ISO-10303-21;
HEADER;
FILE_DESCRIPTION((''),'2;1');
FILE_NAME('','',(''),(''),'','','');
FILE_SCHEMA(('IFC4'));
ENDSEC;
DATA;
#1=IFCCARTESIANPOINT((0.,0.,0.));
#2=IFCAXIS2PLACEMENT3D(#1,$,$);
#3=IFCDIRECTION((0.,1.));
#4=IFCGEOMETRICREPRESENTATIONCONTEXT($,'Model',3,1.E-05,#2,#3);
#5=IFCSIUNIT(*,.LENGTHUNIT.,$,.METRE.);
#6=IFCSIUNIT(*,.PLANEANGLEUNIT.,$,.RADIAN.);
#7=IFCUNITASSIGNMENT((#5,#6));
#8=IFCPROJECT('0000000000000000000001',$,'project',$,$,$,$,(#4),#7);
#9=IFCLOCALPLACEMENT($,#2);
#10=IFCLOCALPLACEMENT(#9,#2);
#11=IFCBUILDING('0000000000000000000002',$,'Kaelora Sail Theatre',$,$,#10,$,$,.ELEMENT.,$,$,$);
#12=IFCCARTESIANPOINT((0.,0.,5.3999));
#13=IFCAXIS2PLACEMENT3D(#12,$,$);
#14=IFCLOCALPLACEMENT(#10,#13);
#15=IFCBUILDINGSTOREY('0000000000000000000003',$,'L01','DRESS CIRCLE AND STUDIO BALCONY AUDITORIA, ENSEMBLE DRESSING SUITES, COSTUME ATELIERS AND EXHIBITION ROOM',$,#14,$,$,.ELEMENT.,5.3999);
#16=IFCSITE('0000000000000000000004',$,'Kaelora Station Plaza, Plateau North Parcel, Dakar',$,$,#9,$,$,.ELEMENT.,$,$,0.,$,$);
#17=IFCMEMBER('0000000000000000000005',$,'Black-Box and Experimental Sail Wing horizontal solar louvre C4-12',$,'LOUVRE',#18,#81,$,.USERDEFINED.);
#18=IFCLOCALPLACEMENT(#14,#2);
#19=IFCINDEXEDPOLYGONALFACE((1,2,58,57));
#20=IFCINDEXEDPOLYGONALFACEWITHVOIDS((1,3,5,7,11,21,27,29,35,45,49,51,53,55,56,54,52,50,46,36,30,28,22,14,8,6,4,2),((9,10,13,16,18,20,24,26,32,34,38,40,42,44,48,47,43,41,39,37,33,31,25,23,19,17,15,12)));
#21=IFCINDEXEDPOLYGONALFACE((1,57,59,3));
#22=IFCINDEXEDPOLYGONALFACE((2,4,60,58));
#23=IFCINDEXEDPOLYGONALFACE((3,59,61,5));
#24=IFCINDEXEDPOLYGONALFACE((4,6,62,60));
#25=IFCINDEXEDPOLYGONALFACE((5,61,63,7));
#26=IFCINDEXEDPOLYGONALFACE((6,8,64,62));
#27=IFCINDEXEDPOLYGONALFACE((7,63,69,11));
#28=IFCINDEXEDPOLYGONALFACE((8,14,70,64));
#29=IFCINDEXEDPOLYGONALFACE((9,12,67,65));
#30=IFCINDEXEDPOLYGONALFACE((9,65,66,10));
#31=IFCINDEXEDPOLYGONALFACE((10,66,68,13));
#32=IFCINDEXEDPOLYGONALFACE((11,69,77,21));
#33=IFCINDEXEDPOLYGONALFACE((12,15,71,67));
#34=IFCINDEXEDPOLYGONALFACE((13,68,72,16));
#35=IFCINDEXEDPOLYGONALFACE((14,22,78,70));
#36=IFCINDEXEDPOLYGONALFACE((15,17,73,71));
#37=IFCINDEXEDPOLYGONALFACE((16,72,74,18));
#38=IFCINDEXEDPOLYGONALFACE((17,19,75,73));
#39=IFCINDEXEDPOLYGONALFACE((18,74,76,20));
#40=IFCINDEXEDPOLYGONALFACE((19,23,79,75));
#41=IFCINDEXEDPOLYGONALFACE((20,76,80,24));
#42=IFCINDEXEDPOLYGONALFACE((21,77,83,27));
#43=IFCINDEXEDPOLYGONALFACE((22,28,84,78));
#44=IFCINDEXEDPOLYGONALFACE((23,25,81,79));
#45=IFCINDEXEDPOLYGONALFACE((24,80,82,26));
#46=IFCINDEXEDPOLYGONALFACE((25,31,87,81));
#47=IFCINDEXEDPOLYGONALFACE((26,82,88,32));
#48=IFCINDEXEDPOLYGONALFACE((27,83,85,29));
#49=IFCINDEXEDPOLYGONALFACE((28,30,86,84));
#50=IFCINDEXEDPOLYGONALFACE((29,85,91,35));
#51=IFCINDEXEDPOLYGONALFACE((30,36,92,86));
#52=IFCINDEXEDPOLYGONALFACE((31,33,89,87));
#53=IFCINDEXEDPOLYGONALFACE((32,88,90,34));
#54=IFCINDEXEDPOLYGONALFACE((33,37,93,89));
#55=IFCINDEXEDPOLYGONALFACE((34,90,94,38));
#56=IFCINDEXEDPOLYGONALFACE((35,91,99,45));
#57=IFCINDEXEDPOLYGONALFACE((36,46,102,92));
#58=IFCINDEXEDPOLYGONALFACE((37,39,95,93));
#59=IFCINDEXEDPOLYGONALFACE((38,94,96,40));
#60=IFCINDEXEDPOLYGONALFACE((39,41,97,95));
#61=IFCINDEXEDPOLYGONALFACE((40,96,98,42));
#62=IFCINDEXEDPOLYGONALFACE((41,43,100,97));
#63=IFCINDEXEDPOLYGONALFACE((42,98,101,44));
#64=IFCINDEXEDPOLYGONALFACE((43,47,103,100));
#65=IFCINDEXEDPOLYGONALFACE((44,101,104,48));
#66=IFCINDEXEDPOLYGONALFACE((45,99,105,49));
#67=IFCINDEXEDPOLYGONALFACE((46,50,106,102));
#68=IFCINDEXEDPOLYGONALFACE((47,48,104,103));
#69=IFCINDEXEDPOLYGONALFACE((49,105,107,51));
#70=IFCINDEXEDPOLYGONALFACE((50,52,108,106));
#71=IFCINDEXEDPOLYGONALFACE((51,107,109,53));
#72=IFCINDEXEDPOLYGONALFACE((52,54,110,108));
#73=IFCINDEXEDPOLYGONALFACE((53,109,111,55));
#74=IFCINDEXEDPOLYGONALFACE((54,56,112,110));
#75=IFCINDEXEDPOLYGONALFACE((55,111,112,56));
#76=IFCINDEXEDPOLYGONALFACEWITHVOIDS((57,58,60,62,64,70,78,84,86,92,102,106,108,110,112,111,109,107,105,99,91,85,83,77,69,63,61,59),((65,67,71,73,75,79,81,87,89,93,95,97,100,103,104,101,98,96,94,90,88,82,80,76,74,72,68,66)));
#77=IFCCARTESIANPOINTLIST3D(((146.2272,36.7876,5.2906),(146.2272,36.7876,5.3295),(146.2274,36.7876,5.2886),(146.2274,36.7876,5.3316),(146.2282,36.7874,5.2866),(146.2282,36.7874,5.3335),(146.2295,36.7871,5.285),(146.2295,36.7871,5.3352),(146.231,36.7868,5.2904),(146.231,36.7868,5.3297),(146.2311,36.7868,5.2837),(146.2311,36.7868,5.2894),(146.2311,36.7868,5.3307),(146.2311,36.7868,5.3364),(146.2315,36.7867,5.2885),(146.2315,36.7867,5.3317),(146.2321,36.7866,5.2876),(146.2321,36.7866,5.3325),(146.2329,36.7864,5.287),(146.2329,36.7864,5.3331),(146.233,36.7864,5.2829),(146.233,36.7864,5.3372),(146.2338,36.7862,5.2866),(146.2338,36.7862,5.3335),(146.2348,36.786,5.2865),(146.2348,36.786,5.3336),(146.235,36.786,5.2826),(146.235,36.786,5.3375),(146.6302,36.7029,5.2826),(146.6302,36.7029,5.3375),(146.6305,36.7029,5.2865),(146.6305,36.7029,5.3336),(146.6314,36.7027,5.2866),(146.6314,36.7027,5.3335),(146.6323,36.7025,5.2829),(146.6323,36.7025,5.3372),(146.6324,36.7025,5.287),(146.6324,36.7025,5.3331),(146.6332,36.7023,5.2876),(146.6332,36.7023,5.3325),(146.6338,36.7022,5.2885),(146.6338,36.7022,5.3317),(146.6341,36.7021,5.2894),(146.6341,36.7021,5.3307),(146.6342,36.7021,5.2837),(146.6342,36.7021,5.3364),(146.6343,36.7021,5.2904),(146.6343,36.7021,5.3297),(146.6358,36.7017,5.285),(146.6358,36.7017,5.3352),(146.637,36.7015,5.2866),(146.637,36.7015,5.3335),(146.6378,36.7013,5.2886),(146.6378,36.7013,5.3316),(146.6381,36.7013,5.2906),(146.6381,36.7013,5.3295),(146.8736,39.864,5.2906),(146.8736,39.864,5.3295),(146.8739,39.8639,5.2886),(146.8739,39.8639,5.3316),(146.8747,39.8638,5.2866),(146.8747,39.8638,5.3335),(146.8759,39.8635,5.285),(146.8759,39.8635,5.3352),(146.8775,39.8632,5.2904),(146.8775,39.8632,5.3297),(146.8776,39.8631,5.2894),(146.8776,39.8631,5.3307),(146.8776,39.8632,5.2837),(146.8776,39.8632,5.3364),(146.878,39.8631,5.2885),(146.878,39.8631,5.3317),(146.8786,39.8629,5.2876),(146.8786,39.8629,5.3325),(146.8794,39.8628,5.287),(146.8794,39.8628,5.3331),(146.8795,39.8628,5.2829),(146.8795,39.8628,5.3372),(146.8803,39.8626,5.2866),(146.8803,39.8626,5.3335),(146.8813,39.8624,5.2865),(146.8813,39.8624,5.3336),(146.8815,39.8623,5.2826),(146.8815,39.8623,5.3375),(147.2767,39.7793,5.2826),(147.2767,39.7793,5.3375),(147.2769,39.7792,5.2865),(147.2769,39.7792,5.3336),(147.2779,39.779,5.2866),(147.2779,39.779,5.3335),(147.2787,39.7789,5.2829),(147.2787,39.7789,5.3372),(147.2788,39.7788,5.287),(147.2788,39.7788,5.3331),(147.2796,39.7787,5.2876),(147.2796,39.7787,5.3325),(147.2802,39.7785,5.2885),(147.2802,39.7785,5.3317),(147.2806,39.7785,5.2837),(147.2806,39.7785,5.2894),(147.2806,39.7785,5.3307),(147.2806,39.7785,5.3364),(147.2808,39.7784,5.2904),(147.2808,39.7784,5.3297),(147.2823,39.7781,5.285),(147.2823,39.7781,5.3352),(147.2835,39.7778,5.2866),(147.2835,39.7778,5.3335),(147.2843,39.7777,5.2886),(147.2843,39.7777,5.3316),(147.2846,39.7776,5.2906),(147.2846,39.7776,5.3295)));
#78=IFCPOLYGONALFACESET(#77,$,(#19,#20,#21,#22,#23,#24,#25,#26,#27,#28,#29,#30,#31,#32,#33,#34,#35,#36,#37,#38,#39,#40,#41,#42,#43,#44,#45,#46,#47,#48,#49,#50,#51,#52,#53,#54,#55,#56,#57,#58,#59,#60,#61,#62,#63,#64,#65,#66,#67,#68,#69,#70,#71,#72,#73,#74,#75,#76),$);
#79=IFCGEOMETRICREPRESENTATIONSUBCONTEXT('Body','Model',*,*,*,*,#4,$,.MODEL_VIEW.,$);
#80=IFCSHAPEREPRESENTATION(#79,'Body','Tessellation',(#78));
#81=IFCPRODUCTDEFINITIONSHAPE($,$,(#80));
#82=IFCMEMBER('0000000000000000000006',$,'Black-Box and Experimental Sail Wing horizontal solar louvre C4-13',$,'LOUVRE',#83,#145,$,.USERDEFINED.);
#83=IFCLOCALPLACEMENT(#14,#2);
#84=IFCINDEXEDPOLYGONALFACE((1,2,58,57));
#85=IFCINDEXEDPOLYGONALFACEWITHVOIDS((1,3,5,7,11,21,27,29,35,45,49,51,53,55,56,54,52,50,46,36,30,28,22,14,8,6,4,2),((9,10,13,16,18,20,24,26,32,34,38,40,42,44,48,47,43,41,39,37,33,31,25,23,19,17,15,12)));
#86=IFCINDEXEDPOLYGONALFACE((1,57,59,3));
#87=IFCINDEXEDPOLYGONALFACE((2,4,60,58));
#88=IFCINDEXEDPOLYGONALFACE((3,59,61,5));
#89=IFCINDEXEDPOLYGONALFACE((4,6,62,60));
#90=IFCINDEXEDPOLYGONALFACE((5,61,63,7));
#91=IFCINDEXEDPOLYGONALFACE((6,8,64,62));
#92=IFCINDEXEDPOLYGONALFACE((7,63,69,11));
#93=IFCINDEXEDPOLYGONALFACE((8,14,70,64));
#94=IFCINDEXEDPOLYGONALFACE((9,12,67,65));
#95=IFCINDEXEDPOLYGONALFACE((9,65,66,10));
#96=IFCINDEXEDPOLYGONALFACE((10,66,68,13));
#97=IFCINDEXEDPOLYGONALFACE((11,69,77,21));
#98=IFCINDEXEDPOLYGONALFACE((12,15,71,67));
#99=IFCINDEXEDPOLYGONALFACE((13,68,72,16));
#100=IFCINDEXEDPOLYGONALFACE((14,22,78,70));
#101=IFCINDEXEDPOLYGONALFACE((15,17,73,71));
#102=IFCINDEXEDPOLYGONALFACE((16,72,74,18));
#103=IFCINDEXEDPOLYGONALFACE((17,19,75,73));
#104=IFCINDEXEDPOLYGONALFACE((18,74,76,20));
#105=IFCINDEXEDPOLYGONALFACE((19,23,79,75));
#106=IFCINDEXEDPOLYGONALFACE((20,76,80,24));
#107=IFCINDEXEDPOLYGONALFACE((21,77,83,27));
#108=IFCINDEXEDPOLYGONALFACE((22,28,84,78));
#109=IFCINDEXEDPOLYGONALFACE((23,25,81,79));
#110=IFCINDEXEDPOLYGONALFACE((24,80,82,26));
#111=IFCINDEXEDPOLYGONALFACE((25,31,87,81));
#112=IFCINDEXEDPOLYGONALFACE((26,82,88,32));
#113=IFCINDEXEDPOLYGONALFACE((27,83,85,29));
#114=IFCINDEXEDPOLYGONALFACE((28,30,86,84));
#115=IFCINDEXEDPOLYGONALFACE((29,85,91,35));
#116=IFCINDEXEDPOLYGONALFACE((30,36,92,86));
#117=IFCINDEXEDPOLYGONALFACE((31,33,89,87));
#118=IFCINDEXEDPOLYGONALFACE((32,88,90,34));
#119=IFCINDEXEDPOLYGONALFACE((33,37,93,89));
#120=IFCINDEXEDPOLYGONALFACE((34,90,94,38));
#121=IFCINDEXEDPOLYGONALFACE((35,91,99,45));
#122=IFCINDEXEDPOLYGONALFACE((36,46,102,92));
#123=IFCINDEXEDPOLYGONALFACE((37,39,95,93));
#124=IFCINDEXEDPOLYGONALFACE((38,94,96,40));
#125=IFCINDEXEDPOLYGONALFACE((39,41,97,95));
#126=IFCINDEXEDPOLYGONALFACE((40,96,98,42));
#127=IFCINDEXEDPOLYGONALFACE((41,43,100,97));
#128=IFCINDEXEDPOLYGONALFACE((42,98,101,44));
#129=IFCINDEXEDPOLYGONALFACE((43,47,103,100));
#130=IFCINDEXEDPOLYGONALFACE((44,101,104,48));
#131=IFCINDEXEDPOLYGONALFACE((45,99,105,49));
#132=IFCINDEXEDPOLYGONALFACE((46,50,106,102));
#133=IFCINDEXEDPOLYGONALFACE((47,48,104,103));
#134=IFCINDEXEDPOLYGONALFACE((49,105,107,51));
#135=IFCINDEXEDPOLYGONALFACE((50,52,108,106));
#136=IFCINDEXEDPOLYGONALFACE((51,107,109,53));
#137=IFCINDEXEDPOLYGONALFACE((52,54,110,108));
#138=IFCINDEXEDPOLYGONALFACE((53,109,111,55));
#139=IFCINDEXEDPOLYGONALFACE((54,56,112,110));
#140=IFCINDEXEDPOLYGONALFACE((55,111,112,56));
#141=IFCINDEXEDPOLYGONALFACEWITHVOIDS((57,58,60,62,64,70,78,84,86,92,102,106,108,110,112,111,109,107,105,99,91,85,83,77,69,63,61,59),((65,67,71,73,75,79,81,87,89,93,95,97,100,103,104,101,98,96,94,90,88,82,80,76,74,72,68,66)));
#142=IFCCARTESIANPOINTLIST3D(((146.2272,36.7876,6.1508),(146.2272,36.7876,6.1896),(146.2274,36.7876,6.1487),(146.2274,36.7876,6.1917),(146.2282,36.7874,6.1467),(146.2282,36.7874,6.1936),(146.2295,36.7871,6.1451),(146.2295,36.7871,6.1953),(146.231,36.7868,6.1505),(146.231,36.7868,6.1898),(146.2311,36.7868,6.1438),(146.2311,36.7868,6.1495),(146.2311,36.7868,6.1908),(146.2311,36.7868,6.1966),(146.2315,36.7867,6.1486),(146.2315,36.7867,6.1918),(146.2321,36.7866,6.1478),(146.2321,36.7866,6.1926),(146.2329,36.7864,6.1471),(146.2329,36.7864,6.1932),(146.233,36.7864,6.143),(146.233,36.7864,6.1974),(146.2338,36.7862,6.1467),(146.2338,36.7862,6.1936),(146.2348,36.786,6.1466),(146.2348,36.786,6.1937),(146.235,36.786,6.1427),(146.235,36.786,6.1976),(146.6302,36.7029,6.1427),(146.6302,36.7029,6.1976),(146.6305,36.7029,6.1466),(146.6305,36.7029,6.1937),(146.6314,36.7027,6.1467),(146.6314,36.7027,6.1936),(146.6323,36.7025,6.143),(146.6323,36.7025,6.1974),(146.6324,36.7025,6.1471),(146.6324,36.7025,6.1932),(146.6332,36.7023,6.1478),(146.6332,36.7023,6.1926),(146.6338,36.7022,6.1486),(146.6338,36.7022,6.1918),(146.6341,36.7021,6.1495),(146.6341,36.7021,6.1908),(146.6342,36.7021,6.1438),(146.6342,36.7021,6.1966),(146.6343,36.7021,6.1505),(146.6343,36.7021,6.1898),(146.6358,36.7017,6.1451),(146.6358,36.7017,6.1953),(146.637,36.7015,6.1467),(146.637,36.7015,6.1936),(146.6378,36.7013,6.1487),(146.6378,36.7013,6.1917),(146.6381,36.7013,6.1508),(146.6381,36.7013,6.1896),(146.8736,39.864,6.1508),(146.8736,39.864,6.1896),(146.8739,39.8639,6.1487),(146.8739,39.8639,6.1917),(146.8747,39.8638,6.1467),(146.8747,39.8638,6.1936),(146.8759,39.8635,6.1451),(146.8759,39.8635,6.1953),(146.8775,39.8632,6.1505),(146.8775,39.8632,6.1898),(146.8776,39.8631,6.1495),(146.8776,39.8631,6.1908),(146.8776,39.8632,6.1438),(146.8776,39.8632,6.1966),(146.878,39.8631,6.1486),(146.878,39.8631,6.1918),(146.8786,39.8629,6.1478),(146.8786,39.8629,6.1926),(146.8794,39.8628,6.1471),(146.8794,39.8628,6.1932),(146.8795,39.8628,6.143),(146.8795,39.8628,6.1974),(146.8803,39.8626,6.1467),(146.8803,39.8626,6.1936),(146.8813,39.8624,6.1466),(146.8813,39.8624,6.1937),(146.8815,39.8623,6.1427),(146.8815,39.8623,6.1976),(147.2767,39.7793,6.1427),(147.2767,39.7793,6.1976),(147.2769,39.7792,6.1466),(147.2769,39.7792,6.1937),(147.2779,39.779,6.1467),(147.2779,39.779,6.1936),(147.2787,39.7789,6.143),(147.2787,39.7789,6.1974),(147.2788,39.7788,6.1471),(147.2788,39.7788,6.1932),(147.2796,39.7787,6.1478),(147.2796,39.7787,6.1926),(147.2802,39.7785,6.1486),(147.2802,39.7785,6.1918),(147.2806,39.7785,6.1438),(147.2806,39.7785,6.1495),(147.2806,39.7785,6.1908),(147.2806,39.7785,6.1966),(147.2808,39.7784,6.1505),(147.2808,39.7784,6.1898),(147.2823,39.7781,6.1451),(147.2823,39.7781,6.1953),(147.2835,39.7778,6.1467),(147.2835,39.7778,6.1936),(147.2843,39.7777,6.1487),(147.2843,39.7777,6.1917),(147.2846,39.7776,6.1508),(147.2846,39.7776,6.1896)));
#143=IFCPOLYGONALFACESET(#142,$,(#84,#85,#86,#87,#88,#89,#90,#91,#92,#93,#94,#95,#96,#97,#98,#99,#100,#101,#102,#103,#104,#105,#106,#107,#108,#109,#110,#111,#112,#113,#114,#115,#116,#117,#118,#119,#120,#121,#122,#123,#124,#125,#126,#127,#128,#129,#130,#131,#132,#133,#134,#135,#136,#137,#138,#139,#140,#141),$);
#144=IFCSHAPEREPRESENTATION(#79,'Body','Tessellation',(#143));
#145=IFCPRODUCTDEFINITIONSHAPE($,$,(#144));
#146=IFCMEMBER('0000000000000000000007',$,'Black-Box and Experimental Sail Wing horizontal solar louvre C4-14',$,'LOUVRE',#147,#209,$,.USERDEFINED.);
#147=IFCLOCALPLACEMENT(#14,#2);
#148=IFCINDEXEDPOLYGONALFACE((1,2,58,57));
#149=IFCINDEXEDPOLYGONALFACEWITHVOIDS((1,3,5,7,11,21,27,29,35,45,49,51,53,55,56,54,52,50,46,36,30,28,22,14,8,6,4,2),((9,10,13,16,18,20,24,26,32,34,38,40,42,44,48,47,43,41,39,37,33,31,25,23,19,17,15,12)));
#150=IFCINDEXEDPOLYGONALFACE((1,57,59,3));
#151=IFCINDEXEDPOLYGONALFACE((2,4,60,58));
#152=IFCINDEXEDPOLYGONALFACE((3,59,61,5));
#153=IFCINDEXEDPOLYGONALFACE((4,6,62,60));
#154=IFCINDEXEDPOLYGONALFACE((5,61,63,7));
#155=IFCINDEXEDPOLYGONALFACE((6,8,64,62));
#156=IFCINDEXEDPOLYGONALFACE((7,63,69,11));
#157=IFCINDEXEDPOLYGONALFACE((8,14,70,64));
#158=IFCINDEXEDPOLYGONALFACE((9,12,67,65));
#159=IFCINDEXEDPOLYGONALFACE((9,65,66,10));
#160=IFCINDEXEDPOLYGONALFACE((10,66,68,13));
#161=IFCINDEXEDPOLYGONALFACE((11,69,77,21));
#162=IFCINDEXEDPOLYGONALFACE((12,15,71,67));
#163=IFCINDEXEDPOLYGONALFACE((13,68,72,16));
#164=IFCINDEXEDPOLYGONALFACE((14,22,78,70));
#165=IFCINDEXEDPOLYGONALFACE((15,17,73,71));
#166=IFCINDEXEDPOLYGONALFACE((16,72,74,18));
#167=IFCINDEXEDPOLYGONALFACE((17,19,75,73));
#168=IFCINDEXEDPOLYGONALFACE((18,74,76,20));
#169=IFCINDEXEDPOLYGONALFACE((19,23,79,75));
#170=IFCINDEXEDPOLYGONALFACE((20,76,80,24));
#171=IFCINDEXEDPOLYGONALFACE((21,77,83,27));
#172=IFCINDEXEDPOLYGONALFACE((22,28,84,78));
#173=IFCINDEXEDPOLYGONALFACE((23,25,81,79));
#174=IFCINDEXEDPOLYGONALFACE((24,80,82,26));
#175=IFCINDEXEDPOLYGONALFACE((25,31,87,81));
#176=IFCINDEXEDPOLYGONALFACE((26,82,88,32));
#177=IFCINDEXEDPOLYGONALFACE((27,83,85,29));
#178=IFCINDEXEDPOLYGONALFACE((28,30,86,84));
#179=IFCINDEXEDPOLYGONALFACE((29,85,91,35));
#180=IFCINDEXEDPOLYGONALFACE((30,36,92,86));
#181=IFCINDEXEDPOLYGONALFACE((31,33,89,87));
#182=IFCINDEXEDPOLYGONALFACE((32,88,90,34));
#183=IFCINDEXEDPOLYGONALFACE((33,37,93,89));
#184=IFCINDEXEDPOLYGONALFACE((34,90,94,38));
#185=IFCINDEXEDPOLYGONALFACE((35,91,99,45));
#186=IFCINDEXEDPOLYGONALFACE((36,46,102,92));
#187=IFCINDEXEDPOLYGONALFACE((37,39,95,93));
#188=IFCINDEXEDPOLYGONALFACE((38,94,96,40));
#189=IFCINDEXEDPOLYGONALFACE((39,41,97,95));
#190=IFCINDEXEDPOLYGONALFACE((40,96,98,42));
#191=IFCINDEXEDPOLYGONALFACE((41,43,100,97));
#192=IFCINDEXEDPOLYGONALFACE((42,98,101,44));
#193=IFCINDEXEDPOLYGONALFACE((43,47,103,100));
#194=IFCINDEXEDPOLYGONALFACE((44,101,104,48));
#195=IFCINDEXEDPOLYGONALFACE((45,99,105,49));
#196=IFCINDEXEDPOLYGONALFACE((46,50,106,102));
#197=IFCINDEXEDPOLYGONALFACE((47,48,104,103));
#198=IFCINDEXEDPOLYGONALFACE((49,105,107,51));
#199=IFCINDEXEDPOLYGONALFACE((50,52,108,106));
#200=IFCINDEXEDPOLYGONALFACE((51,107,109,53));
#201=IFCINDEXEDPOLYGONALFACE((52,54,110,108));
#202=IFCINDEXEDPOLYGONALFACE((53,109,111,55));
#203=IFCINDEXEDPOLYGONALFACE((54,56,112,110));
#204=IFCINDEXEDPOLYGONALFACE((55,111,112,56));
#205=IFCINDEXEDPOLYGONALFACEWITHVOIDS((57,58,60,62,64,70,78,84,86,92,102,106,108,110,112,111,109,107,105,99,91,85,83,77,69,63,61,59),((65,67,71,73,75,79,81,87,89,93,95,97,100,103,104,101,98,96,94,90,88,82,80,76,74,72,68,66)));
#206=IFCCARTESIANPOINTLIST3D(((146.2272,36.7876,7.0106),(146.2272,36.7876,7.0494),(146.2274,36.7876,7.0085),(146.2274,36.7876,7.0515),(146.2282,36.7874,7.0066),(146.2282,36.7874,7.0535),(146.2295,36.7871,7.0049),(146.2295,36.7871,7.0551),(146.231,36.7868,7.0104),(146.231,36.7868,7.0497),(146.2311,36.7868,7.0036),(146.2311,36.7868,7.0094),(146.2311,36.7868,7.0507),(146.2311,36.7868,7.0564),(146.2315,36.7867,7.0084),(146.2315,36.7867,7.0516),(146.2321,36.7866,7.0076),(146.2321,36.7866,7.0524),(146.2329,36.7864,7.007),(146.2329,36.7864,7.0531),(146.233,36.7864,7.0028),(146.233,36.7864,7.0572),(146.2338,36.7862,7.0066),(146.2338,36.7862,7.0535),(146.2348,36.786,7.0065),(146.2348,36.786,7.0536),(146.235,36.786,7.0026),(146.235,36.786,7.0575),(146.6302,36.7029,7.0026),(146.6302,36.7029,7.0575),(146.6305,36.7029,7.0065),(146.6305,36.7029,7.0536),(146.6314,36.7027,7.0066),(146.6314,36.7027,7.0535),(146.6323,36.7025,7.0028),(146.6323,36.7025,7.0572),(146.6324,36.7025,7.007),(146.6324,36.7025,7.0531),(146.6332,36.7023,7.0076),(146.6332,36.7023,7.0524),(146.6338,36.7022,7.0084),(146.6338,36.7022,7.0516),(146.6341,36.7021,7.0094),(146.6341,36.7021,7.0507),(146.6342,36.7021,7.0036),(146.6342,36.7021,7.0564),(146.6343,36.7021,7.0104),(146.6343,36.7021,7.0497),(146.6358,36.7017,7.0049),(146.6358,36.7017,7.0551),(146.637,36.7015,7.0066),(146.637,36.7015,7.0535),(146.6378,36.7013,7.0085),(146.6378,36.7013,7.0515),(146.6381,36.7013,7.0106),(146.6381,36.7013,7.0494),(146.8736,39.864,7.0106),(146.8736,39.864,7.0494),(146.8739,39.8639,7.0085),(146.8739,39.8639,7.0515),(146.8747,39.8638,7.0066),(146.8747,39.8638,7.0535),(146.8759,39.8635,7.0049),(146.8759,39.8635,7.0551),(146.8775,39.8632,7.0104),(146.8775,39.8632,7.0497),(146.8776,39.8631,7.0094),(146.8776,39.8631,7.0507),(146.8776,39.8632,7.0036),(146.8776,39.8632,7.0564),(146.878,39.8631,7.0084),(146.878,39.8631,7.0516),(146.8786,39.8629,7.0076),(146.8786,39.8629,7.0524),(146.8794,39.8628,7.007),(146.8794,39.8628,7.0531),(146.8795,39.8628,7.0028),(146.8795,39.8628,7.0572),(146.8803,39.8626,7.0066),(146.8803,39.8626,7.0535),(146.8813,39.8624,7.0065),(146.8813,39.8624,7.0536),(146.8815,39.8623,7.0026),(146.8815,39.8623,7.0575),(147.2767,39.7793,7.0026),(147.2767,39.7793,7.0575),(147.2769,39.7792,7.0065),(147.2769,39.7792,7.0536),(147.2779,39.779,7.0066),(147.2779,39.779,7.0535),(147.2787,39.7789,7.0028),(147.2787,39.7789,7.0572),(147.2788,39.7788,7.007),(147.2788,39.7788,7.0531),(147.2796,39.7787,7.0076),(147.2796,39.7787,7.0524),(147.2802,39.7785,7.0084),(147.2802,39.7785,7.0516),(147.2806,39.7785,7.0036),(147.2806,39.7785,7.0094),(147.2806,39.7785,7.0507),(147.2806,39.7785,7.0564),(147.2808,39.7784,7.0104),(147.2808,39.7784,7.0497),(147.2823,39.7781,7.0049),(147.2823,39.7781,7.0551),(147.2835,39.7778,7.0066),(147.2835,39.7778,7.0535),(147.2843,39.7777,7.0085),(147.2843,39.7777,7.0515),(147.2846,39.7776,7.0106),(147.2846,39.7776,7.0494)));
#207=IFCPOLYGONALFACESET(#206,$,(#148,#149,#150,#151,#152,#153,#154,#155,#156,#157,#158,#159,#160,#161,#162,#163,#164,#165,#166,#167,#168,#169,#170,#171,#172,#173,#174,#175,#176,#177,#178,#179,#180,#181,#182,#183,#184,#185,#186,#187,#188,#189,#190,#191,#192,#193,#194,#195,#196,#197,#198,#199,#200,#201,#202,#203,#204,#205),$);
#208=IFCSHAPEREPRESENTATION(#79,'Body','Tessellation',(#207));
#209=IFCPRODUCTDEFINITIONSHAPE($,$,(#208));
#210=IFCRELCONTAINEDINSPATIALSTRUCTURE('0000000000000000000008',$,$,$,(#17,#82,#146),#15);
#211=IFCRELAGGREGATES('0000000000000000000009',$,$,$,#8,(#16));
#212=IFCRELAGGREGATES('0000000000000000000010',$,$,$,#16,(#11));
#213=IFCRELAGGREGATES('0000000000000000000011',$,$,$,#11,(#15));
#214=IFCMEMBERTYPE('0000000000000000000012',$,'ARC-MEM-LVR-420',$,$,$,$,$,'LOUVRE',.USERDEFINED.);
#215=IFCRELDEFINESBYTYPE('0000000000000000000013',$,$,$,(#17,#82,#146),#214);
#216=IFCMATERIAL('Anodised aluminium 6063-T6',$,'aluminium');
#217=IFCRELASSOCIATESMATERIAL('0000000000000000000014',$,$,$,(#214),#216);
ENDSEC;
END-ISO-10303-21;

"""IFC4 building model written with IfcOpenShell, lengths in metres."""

from ifc_helpers import new_model, si_unit, direction, frame, origin, origin_2d, place, context, subcontext, project, spatial, hollow_rectangle, extrude, material, material_profile, profile_set, type_object, element, save


model = new_model("IFC4")

# Units and contexts
model_context = context("Model", 3, precision=1e-05, world=origin(), true_north=direction((0.0, 1.0)))
body_context = subcontext(model_context, "Body", "Model", "MODEL_VIEW")
ifc_project = project(units=[si_unit("LENGTHUNIT", "METRE"), si_unit("PLANEANGLEUNIT", "RADIAN")], contexts=[model_context])

# Site, building, storey
site_placement = place(None, origin())
site = spatial("IfcSite", under=ifc_project, at=site_placement, Name="Kaelora Station Plaza, Plateau North Parcel, Dakar", CompositionType="ELEMENT", RefElevation=0.0)
building_placement = place(site_placement, origin())
building = spatial("IfcBuilding", under=site, at=building_placement, Name="Kaelora Sail Theatre", CompositionType="ELEMENT")
storey_placement = place(building_placement, frame((0.0, 0.0, 5.3999)))
storey = spatial("IfcBuildingStorey", under=building, at=storey_placement, Name="L01", Description="DRESS CIRCLE AND STUDIO BALCONY AUDITORIA, ENSEMBLE DRESSING SUITES, COSTUME ATELIERS AND EXHIBITION ROOM", CompositionType="ELEMENT", Elevation=5.3999)

# Members
ifc_material_1 = material(Name="Anodised aluminium 6063-T6", Category="aluminium")
ifc_material_profile_1 = material_profile(ifc_material_1, hollow_rectangle(XDim=0.4199, YDim=0.0549, WallThickness=0.0039, InnerFilletRadius=0.0039, OuterFilletRadius=0.0081, at=origin_2d()), Name="LOUVRE 420x55x4")
ifc_profile_set_1 = profile_set([ifc_material_profile_1], Name="Anodised aluminium 6063-T6")
member_type = type_object("IfcMemberType", Name="ARC-MEM-LVR-420", ElementType="LOUVRE", PredefinedType="USERDEFINED", material=ifc_profile_set_1)
for number, where, z_axis, x_axis, name in (
    (1, (147.0791, 39.8208, 5.3101), (-0.20565, -0.978626, 0.0), (0.978626, -0.20565, 0.0), "Black-Box and Experimental Sail Wing horizontal solar louvre C4-12"),
    (2, (147.0791, 39.8208, 6.1702), (-0.20565, -0.978626, 0.0), (0.978626, -0.20565, 0.0), "Black-Box and Experimental Sail Wing horizontal solar louvre C4-13"),
    (3, (147.0791, 39.8208, 7.03), (-0.20565, -0.978626, 0.0), (0.978626, -0.20565, 0.0), "Black-Box and Experimental Sail Wing horizontal solar louvre C4-14"),
):
    element("IfcMember", number, at=place(storey_placement, frame(where, z_axis=z_axis, x_axis=x_axis)), inside=storey, type_object=member_type, Name=name, ObjectType="LOUVRE", PredefinedType="USERDEFINED", context=body_context, shape_type="SweptSolid", body=[
        extrude(hollow_rectangle(XDim=0.4199, YDim=0.0549, WallThickness=0.0039, InnerFilletRadius=0.0039, OuterFilletRadius=0.0081, at=origin_2d()), origin(), (0.0, 0.0, 1.0), 3.1436),
    ])

save(model, "model.ifc")
